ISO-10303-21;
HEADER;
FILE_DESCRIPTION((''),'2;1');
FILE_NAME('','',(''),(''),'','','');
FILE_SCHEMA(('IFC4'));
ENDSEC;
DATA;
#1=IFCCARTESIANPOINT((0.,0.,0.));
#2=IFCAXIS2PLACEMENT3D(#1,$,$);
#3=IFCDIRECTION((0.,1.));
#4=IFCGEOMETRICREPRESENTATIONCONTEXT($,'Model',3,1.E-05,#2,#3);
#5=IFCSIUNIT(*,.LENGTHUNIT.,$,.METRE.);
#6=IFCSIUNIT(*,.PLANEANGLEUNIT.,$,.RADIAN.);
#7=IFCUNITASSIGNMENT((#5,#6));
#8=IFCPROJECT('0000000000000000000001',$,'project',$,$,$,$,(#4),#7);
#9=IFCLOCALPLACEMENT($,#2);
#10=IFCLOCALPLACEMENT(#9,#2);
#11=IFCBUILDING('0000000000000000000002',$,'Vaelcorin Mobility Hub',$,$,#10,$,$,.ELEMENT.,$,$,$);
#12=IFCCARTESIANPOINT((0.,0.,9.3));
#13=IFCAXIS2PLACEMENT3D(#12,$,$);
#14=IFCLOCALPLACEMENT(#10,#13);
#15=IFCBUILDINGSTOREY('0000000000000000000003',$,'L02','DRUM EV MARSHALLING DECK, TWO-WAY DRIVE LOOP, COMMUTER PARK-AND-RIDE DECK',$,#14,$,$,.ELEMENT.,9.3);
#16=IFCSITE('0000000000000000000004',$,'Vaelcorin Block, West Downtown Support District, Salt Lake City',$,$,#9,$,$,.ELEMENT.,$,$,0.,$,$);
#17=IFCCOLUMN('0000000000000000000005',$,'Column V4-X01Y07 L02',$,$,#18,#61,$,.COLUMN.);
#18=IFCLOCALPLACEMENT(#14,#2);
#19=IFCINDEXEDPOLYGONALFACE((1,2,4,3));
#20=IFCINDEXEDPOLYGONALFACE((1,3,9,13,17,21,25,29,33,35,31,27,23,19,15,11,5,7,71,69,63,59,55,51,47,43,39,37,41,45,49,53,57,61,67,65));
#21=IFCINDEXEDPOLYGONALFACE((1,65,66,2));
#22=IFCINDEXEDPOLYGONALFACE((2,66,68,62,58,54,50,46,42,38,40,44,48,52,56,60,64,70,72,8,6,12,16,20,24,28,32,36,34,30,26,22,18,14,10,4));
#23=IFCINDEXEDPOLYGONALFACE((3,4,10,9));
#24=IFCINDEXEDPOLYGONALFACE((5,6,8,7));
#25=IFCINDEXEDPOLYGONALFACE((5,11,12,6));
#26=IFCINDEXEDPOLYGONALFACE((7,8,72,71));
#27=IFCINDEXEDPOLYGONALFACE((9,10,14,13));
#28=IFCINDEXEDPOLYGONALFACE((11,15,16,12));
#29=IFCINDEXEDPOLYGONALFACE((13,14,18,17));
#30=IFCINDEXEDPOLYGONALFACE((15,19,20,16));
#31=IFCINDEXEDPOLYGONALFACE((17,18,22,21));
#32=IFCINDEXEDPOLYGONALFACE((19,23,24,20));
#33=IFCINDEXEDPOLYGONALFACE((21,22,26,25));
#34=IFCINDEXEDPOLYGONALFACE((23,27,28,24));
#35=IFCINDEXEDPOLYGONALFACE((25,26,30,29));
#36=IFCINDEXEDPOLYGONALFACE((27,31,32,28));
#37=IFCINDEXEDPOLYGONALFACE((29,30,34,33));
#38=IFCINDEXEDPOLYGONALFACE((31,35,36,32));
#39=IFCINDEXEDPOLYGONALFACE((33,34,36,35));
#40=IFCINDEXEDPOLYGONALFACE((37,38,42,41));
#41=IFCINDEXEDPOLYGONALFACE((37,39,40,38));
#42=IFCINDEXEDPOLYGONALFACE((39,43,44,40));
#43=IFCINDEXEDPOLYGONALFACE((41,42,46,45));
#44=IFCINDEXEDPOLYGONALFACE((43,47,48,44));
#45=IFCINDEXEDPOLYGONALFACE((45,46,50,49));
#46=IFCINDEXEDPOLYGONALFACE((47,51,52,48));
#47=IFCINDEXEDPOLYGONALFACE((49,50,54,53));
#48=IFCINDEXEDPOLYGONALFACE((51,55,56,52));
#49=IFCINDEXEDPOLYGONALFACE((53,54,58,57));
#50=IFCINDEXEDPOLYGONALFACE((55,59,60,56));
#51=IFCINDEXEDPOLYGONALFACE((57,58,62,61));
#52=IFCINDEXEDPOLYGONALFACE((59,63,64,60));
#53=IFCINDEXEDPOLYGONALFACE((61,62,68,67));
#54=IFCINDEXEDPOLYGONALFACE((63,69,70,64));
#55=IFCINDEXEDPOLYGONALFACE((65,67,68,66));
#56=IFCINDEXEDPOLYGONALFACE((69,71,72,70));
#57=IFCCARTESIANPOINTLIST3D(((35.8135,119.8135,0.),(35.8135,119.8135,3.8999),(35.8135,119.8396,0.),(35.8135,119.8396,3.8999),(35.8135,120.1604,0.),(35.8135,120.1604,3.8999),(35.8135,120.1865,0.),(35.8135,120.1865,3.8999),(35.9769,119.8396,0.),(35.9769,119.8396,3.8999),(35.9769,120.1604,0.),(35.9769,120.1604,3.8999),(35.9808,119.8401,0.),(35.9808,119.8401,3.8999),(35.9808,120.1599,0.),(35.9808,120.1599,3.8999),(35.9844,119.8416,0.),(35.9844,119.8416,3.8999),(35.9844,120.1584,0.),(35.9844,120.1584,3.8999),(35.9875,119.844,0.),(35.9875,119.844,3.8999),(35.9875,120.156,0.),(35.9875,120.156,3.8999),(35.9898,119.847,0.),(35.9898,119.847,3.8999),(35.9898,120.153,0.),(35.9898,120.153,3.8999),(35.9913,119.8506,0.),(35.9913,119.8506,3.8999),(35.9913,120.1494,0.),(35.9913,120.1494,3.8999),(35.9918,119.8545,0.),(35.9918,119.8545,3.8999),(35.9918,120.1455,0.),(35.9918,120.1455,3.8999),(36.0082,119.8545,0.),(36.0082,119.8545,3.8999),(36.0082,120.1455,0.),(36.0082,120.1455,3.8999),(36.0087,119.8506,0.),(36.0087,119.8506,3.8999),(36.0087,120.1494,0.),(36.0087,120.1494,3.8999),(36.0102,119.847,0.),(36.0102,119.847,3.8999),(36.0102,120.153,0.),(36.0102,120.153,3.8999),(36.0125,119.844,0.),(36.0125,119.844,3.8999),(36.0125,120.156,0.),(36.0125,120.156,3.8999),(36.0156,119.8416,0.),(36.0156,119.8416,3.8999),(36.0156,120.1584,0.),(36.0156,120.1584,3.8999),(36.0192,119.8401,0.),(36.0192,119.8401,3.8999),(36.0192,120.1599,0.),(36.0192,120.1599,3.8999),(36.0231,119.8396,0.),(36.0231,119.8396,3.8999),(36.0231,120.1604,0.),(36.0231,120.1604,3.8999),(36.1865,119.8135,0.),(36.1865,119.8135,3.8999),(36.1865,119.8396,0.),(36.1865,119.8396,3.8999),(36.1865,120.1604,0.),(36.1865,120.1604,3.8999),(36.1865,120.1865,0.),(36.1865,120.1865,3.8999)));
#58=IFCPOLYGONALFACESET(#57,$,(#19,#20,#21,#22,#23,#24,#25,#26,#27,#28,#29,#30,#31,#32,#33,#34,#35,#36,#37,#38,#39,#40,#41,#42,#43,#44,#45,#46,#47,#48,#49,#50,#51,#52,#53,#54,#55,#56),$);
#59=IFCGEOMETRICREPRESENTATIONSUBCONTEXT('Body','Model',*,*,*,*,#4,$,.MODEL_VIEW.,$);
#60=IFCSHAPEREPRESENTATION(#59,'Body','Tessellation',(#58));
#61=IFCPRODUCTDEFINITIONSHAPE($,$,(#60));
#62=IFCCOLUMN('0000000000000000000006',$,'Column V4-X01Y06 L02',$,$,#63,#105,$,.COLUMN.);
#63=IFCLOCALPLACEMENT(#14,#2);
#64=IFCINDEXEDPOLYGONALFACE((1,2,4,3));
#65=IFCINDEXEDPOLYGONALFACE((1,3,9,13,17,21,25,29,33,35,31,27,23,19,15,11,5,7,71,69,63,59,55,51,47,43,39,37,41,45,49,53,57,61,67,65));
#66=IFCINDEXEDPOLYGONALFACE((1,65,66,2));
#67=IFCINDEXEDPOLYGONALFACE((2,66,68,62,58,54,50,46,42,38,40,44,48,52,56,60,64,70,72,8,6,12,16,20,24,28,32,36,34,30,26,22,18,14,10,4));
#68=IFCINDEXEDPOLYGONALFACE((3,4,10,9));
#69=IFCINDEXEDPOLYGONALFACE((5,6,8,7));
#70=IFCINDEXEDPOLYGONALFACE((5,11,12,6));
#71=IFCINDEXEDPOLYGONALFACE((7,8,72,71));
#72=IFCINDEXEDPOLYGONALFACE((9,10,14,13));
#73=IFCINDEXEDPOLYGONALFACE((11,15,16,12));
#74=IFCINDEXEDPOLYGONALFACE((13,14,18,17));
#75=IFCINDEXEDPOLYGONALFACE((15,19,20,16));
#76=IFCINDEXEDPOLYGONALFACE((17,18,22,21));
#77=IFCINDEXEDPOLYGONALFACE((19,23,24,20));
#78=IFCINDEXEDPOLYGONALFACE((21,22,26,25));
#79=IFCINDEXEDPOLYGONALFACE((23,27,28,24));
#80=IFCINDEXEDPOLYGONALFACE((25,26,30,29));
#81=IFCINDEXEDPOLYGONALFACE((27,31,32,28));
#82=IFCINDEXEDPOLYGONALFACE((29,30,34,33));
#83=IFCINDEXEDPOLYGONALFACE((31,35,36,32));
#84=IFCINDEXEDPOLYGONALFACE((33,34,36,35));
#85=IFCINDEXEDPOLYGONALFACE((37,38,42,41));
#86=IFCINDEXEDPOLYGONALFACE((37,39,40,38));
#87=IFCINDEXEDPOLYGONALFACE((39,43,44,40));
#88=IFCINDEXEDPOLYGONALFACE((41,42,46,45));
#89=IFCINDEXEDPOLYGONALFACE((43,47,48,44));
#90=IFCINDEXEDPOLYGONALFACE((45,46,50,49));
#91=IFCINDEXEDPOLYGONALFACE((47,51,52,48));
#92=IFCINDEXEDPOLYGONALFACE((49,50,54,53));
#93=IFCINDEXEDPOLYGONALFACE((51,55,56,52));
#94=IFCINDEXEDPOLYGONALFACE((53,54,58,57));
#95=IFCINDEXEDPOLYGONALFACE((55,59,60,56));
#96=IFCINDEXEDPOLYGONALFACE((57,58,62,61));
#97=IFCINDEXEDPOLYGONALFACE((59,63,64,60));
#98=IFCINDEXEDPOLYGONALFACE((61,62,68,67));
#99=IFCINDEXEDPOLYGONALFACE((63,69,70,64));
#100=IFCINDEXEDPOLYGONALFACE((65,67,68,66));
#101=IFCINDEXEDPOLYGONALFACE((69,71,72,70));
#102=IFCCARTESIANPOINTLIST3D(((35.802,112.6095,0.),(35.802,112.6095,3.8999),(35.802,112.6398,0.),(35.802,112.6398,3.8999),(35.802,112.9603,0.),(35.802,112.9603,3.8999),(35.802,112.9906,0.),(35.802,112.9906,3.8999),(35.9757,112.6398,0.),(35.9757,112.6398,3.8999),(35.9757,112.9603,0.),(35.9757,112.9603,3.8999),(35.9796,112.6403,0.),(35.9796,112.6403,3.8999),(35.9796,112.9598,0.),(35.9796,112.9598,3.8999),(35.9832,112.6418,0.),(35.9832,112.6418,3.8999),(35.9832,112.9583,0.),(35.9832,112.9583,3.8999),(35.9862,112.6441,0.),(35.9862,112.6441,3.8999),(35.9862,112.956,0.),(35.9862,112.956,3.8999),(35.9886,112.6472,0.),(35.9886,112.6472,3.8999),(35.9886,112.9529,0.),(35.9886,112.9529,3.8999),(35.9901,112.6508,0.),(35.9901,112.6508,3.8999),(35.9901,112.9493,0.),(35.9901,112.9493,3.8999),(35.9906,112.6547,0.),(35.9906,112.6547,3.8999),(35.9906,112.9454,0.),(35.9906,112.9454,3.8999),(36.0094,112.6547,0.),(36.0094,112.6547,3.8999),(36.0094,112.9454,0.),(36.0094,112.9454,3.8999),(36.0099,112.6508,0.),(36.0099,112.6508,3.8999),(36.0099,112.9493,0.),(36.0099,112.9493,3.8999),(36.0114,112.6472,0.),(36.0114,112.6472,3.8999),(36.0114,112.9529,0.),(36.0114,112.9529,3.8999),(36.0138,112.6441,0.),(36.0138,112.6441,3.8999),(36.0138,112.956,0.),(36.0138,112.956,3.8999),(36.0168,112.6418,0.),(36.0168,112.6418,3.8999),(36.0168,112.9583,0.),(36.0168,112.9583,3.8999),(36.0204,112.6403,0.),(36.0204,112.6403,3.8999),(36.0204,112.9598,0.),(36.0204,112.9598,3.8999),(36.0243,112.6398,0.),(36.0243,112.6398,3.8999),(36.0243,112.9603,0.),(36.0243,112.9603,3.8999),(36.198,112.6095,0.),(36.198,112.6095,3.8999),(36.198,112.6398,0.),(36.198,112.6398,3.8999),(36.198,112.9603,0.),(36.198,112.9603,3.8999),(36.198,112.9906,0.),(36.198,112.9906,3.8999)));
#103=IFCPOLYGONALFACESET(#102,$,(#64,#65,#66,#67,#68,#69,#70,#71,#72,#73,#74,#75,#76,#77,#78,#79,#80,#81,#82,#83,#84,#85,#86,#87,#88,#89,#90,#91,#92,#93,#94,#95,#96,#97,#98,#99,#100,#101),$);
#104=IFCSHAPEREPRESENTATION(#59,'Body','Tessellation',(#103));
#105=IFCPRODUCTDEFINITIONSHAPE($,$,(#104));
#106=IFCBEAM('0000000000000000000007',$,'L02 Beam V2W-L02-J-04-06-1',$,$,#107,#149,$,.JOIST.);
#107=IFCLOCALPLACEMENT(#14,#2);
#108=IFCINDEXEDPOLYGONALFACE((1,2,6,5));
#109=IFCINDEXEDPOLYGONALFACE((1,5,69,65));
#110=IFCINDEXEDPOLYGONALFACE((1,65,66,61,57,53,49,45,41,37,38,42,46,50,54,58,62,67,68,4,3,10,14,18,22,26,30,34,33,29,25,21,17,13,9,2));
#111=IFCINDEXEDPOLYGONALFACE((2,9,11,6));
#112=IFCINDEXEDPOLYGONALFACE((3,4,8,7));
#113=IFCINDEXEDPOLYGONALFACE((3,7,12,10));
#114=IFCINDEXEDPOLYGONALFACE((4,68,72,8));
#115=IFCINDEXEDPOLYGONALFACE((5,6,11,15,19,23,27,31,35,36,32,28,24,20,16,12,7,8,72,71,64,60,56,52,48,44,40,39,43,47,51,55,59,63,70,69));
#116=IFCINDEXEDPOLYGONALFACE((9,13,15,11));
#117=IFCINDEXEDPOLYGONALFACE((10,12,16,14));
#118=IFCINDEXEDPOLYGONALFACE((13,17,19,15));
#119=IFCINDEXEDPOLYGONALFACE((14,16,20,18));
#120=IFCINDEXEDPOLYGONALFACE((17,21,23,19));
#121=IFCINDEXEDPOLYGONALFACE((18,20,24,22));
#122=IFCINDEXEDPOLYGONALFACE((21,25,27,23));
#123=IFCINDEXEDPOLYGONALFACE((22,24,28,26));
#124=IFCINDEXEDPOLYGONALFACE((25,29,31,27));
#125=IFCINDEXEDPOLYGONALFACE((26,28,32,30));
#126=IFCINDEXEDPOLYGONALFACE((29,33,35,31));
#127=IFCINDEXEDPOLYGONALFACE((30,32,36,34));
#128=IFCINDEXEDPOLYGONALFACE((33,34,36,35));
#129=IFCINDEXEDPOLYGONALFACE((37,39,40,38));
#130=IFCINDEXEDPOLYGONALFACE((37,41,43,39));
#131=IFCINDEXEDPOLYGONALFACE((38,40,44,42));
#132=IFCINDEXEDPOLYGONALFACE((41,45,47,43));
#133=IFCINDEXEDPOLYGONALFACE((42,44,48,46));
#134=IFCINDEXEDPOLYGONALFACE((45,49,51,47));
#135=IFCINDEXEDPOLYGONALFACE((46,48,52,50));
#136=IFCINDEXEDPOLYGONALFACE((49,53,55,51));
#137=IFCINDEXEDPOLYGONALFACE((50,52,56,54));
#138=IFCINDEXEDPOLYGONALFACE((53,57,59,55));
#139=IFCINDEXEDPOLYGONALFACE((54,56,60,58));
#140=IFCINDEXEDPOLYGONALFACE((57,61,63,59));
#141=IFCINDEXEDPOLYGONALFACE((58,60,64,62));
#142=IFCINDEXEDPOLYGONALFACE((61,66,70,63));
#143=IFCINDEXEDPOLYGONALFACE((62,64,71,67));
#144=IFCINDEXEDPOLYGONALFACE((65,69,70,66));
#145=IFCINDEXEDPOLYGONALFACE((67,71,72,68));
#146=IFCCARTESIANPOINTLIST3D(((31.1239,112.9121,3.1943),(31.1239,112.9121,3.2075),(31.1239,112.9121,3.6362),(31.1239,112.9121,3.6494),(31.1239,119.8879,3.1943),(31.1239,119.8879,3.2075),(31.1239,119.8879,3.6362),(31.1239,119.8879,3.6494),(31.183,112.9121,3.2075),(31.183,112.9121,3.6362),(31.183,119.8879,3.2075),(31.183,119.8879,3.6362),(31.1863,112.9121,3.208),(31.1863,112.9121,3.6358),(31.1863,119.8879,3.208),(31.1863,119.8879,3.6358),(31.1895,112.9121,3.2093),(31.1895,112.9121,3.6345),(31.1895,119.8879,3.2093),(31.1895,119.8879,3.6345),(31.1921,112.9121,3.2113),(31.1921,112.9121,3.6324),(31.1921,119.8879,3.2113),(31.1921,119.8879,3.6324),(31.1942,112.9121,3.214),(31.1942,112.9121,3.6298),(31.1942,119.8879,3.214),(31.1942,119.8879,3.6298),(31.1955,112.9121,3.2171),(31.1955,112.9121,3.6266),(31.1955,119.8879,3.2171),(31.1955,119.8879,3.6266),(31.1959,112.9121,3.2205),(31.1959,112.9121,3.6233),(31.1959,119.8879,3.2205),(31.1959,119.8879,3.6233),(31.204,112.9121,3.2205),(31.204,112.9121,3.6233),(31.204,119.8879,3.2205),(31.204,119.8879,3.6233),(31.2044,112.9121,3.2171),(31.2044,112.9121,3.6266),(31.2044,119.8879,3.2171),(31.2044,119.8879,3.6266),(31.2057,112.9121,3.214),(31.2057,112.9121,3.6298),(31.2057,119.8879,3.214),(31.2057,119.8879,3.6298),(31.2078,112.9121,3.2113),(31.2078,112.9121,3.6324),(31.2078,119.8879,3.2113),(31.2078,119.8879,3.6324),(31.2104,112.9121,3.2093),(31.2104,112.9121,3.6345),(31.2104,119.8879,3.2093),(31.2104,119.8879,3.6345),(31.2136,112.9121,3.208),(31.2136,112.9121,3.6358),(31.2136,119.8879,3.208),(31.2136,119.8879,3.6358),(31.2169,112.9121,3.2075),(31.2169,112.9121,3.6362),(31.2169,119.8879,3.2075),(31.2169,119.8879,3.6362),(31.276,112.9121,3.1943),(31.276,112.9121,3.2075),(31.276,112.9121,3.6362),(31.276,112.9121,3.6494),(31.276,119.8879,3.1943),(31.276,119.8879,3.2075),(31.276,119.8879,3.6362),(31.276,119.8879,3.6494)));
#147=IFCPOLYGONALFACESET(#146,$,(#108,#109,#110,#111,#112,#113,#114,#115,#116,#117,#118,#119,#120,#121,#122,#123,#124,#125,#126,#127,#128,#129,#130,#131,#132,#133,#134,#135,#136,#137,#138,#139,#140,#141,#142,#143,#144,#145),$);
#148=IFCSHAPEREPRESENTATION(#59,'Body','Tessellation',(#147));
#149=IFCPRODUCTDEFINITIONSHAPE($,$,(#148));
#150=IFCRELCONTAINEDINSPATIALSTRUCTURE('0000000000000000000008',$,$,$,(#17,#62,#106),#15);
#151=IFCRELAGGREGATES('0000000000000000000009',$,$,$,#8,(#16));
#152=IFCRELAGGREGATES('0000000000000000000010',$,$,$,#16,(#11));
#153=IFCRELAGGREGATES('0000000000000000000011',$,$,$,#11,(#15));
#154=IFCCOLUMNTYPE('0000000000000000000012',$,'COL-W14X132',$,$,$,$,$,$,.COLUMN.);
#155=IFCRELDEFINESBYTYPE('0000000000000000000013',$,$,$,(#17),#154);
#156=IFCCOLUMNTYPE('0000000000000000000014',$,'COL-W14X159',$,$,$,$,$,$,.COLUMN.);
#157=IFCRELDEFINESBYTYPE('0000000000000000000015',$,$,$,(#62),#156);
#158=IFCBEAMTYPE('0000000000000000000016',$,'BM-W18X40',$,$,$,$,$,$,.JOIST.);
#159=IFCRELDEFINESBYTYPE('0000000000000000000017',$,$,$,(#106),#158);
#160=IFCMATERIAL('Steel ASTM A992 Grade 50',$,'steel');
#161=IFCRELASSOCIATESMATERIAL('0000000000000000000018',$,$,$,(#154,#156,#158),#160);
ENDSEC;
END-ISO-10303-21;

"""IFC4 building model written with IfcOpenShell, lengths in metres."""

from ifc_helpers import new_model, si_unit, direction, frame, origin, origin_2d, place, context, subcontext, project, spatial, i_section, extrude, material, material_profile, profile_set, type_object, element, save


model = new_model("IFC4")

# Units and contexts
model_context = context("Model", 3, precision=1e-05, world=origin(), true_north=direction((0.0, 1.0)))
body_context = subcontext(model_context, "Body", "Model", "MODEL_VIEW")
ifc_project = project(units=[si_unit("LENGTHUNIT", "METRE"), si_unit("PLANEANGLEUNIT", "RADIAN")], contexts=[model_context])

# Site, building, storey
site_placement = place(None, origin())
site = spatial("IfcSite", under=ifc_project, at=site_placement, Name="Vaelcorin Block, West Downtown Support District, Salt Lake City", CompositionType="ELEMENT", RefElevation=0.0)
building_placement = place(site_placement, origin())
building = spatial("IfcBuilding", under=site, at=building_placement, Name="Vaelcorin Mobility Hub", CompositionType="ELEMENT")
storey_placement = place(building_placement, frame((0.0, 0.0, 9.3)))
storey = spatial("IfcBuildingStorey", under=building, at=storey_placement, Name="L02", Description="DRUM EV MARSHALLING DECK, TWO-WAY DRIVE LOOP, COMMUTER PARK-AND-RIDE DECK", CompositionType="ELEMENT", Elevation=9.3)

# Columns
ifc_material_1 = material(Name="Steel ASTM A992 Grade 50", Category="steel")
ifc_material_profile_1 = material_profile(ifc_material_1, i_section(OverallWidth=0.373, OverallDepth=0.373, WebThickness=0.0164, FlangeThickness=0.0261, FilletRadius=0.0149, at=origin_2d()), Name="W14X132")
ifc_profile_set_1 = profile_set([ifc_material_profile_1], Name="Steel ASTM A992 Grade 50")
column_type_1 = type_object("IfcColumnType", Name="COL-W14X132", PredefinedType="COLUMN", material=ifc_profile_set_1)
column_1_placement = place(storey_placement, frame((36.0, 120.0, 0.0), z_axis=(0.0, 0.0, 1.0), x_axis=(1.0, 0.0, 0.0)))
element("IfcColumn", 1, at=column_1_placement, inside=storey, type_object=column_type_1, Name="Column V4-X01Y07 L02", PredefinedType="COLUMN", context=body_context, shape_type="SweptSolid", body=[
    extrude(i_section(OverallWidth=0.373, OverallDepth=0.373, WebThickness=0.0164, FlangeThickness=0.0261, FilletRadius=0.0149, at=origin_2d()), origin(), (0.0, 0.0, 1.0), 3.8999),
])
ifc_material_profile_2 = material_profile(ifc_material_1, i_section(OverallWidth=0.396, OverallDepth=0.3811, WebThickness=0.0188, FlangeThickness=0.0303, FilletRadius=0.0149, at=origin_2d()), Name="W14X159")
ifc_profile_set_2 = profile_set([ifc_material_profile_2], Name="Steel ASTM A992 Grade 50")
column_type_2 = type_object("IfcColumnType", Name="COL-W14X159", PredefinedType="COLUMN", material=ifc_profile_set_2)
column_2_placement = place(storey_placement, frame((36.0, 112.8, 0.0), z_axis=(0.0, 0.0, 1.0), x_axis=(1.0, 0.0, 0.0)))
element("IfcColumn", 2, at=column_2_placement, inside=storey, type_object=column_type_2, Name="Column V4-X01Y06 L02", PredefinedType="COLUMN", context=body_context, shape_type="SweptSolid", body=[
    extrude(i_section(OverallWidth=0.396, OverallDepth=0.3811, WebThickness=0.0188, FlangeThickness=0.0303, FilletRadius=0.0149, at=origin_2d()), origin(), (0.0, 0.0, 1.0), 3.8999),
])

# Beam
ifc_material_profile_3 = material_profile(ifc_material_1, i_section(OverallWidth=0.1521, OverallDepth=0.4551, WebThickness=0.0081, FlangeThickness=0.0132, FilletRadius=0.0129, at=origin_2d()), Name="W18X40")
ifc_profile_set_3 = profile_set([ifc_material_profile_3], Name="Steel ASTM A992 Grade 50")
beam_type_1 = type_object("IfcBeamType", Name="BM-W18X40", PredefinedType="JOIST", material=ifc_profile_set_3)
beam_1_placement = place(storey_placement, frame((31.2, 112.9121, 3.4219), z_axis=(0.0, 1.0, 0.0), x_axis=(-1.0, 0.0, 0.0)))
element("IfcBeam", 3, at=beam_1_placement, inside=storey, type_object=beam_type_1, Name="L02 Beam V2W-L02-J-04-06-1", PredefinedType="JOIST", context=body_context, shape_type="SweptSolid", body=[
    extrude(i_section(OverallWidth=0.1521, OverallDepth=0.4551, WebThickness=0.0081, FlangeThickness=0.0132, FilletRadius=0.0129, at=origin_2d()), origin(), (0.0, 0.0, 1.0), 6.9758),
])

save(model, "model.ifc")
